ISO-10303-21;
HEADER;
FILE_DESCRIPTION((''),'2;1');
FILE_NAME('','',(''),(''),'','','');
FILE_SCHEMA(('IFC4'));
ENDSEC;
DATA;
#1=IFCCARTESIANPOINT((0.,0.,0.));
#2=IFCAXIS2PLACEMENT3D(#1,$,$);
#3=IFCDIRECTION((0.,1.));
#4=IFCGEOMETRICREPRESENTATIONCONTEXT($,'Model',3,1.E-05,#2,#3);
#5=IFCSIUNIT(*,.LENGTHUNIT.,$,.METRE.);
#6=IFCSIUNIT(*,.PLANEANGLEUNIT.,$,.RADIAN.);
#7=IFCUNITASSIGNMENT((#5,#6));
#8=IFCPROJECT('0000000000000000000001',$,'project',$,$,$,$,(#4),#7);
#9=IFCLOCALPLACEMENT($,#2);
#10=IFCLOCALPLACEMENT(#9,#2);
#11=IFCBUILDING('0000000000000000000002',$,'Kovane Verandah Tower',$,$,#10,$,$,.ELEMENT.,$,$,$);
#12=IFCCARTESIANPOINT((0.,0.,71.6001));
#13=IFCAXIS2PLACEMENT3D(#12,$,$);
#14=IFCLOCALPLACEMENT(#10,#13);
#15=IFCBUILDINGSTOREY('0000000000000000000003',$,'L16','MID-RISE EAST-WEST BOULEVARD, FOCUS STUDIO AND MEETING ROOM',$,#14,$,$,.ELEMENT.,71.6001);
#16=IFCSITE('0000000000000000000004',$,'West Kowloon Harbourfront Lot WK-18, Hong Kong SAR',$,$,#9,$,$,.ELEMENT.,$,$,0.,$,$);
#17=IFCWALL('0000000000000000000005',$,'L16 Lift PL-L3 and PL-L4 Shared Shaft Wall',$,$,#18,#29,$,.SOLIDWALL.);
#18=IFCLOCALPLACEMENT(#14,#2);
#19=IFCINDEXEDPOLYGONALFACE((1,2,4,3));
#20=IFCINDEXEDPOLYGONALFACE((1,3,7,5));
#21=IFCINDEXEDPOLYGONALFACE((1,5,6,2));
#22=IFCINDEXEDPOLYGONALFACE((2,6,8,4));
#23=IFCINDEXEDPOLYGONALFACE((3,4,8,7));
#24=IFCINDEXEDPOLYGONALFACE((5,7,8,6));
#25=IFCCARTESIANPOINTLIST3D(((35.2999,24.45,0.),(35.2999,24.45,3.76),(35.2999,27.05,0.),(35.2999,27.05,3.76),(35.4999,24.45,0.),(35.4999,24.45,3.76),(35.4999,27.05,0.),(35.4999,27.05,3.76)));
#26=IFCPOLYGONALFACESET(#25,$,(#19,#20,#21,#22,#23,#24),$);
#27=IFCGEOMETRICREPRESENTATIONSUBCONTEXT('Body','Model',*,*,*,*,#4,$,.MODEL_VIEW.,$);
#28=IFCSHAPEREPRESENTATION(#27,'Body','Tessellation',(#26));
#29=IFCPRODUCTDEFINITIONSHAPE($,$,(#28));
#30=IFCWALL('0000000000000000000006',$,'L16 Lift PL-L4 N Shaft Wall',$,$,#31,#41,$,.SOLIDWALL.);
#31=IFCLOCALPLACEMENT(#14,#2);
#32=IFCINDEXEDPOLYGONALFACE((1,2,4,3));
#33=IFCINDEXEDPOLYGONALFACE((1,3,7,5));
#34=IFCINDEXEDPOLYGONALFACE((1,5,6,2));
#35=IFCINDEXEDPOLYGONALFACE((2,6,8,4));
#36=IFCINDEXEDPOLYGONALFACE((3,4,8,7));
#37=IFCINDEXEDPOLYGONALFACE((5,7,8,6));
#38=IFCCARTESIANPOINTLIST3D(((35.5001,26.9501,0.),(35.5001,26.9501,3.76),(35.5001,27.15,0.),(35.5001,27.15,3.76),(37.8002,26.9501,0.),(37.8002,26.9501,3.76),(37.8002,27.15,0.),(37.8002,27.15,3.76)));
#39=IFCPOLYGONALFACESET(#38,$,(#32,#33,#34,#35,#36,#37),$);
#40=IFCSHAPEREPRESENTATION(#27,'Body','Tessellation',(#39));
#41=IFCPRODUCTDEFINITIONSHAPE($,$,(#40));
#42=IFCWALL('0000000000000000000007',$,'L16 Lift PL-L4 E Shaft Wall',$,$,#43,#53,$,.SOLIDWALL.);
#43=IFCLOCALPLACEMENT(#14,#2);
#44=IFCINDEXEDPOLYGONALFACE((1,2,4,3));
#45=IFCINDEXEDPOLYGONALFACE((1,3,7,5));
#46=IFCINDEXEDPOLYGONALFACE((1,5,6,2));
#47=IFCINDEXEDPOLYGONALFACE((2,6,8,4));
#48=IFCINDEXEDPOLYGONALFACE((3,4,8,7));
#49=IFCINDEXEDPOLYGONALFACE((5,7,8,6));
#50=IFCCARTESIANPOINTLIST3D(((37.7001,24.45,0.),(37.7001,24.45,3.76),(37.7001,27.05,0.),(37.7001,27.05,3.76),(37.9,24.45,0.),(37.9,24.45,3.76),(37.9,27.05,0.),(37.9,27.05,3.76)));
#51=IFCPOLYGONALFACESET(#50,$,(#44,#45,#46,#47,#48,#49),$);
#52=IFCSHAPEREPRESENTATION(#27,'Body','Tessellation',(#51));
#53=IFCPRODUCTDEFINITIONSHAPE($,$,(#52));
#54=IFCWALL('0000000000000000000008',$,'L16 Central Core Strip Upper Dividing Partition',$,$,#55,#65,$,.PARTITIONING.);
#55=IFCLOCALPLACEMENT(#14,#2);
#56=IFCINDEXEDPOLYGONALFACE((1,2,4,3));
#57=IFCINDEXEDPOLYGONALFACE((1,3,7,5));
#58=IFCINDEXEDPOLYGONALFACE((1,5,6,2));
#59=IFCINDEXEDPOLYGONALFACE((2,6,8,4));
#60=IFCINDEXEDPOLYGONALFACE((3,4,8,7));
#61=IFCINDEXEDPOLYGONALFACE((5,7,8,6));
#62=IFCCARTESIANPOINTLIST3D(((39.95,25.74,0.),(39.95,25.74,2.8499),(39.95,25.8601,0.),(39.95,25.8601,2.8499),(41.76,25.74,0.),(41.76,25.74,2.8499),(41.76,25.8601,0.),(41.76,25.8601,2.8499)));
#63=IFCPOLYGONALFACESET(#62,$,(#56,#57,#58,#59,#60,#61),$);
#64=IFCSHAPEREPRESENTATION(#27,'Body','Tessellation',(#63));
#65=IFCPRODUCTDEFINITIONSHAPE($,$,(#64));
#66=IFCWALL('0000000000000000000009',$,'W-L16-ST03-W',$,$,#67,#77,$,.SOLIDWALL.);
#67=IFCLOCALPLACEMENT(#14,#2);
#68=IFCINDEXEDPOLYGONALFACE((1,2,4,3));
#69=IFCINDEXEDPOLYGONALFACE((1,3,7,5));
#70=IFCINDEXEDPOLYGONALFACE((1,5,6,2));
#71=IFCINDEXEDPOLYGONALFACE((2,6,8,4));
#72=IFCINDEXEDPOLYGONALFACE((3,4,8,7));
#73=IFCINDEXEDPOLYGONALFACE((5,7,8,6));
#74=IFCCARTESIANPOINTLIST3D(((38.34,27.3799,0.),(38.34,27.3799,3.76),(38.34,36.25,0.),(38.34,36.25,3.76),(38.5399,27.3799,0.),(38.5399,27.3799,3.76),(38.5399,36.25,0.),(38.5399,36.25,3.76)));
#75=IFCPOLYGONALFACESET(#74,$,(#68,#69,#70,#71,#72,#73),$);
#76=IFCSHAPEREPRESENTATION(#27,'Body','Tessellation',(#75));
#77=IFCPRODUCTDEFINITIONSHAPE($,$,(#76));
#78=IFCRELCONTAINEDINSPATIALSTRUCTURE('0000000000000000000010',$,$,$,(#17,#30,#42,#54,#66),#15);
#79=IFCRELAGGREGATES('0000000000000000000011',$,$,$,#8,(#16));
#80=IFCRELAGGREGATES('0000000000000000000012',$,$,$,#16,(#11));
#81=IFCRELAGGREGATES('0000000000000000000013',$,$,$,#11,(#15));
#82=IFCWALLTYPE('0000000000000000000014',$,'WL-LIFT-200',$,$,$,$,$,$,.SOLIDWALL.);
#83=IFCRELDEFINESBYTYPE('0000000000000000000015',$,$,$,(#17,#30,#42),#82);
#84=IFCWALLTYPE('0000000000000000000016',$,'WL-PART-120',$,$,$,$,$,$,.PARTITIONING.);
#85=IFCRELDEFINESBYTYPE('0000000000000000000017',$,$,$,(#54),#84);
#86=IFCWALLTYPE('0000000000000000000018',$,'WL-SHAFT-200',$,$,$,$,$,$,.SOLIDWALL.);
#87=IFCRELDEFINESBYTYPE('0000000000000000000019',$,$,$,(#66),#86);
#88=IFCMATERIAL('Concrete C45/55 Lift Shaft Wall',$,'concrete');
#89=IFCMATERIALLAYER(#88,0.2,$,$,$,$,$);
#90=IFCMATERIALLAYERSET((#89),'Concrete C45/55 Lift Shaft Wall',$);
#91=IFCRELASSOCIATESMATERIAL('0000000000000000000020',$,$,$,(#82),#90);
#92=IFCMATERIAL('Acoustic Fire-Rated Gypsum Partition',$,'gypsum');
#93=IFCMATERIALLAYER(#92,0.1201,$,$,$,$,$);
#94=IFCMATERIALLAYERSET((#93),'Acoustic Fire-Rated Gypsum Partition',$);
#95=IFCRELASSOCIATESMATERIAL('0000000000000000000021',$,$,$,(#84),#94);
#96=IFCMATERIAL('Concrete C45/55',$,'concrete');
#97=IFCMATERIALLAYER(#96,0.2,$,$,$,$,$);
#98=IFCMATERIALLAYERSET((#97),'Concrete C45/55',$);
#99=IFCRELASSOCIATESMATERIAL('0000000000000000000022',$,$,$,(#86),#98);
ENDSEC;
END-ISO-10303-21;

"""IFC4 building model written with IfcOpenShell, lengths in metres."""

from ifc_helpers import new_model, si_unit, direction, frame, frame_2d, origin, place, context, subcontext, project, spatial, rectangle, extrude, material, layer, layer_set, type_object, element, save


model = new_model("IFC4")

# Units and contexts
model_context = context("Model", 3, precision=1e-05, world=origin(), true_north=direction((0.0, 1.0)))
body_context = subcontext(model_context, "Body", "Model", "MODEL_VIEW")
ifc_project = project(units=[si_unit("LENGTHUNIT", "METRE"), si_unit("PLANEANGLEUNIT", "RADIAN")], contexts=[model_context])

# Site, building, storey
site_placement = place(None, origin())
site = spatial("IfcSite", under=ifc_project, at=site_placement, Name="West Kowloon Harbourfront Lot WK-18, Hong Kong SAR", CompositionType="ELEMENT", RefElevation=0.0)
building_placement = place(site_placement, origin())
building = spatial("IfcBuilding", under=site, at=building_placement, Name="Kovane Verandah Tower", CompositionType="ELEMENT")
storey_placement = place(building_placement, frame((0.0, 0.0, 71.6001)))
storey = spatial("IfcBuildingStorey", under=building, at=storey_placement, Name="L16", Description="MID-RISE EAST-WEST BOULEVARD, FOCUS STUDIO AND MEETING ROOM", CompositionType="ELEMENT", Elevation=71.6001)

# Shared definitions
ifc_material_1 = material(Name="Concrete C45/55 Lift Shaft Wall", Category="concrete")
ifc_layer_1 = layer(ifc_material_1, 0.2)
ifc_layer_set_1 = layer_set([ifc_layer_1], Name="Concrete C45/55 Lift Shaft Wall")
wall_type_1 = type_object("IfcWallType", Name="WL-LIFT-200", PredefinedType="SOLIDWALL", material=ifc_layer_set_1)

# Wall
wall_1_placement = place(storey_placement, frame((35.3999, 24.45, 0.0), z_axis=(0.0, 0.0, 1.0), x_axis=(0.0, 1.0, 0.0)))
element("IfcWall", 1, at=wall_1_placement, inside=storey, type_object=wall_type_1, Name="L16 Lift PL-L3 and PL-L4 Shared Shaft Wall", PredefinedType="SOLIDWALL", context=body_context, shape_type="SweptSolid", body=[
    extrude(rectangle(XDim=2.6001, YDim=0.2, at=frame_2d((1.3, 0.0))), origin(), (0.0, 0.0, 1.0), 3.76),
])

# Walls
wall_2_placement = place(storey_placement, frame((37.8, 27.05, 0.0), z_axis=(0.0, 0.0, 1.0), x_axis=(-1.0, 0.0, 0.0)))
element("IfcWall", 2, at=wall_2_placement, inside=storey, type_object=wall_type_1, Name="L16 Lift PL-L4 N Shaft Wall", PredefinedType="SOLIDWALL", context=body_context, shape_type="SweptSolid", body=[
    extrude(rectangle(XDim=2.3, YDim=0.2, at=frame_2d((1.1499, 0.0))), origin(), (0.0, 0.0, 1.0), 3.76),
])
wall_3_placement = place(storey_placement, frame((37.8, 24.45, 0.0), z_axis=(0.0, 0.0, 1.0), x_axis=(0.0, 1.0, 0.0)))
element("IfcWall", 3, at=wall_3_placement, inside=storey, type_object=wall_type_1, Name="L16 Lift PL-L4 E Shaft Wall", PredefinedType="SOLIDWALL", context=body_context, shape_type="SweptSolid", body=[
    extrude(rectangle(XDim=2.6001, YDim=0.2, at=frame_2d((1.3, 0.0))), origin(), (0.0, 0.0, 1.0), 3.76),
])
ifc_material_2 = material(Name="Acoustic Fire-Rated Gypsum Partition", Category="gypsum")
ifc_layer_2 = layer(ifc_material_2, 0.1201)
ifc_layer_set_2 = layer_set([ifc_layer_2], Name="Acoustic Fire-Rated Gypsum Partition")
wall_type_2 = type_object("IfcWallType", Name="WL-PART-120", PredefinedType="PARTITIONING", material=ifc_layer_set_2)
wall_4_placement = place(storey_placement, frame((39.95, 25.8, 0.0), z_axis=(0.0, 0.0, 1.0), x_axis=(1.0, 0.0, 0.0)))
element("IfcWall", 4, at=wall_4_placement, inside=storey, type_object=wall_type_2, Name="L16 Central Core Strip Upper Dividing Partition", PredefinedType="PARTITIONING", context=body_context, shape_type="SweptSolid", body=[
    extrude(rectangle(XDim=1.8101, YDim=0.1201, at=frame_2d((0.905, 0.0))), origin(), (0.0, 0.0, 1.0), 2.8499),
])
ifc_material_3 = material(Name="Concrete C45/55", Category="concrete")
ifc_layer_3 = layer(ifc_material_3, 0.2)
ifc_layer_set_3 = layer_set([ifc_layer_3], Name="Concrete C45/55")
wall_type_3 = type_object("IfcWallType", Name="WL-SHAFT-200", PredefinedType="SOLIDWALL", material=ifc_layer_set_3)
wall_5_placement = place(storey_placement, frame((38.4399, 27.3799, 0.0), z_axis=(0.0, 0.0, 1.0), x_axis=(0.0, 1.0, 0.0)))
element("IfcWall", 5, at=wall_5_placement, inside=storey, type_object=wall_type_3, Name="W-L16-ST03-W", PredefinedType="SOLIDWALL", context=body_context, shape_type="SweptSolid", body=[
    extrude(rectangle(XDim=8.8701, YDim=0.2, at=frame_2d((4.4351, 0.0))), origin(), (0.0, 0.0, 1.0), 3.76),
])

save(model, "model.ifc")
